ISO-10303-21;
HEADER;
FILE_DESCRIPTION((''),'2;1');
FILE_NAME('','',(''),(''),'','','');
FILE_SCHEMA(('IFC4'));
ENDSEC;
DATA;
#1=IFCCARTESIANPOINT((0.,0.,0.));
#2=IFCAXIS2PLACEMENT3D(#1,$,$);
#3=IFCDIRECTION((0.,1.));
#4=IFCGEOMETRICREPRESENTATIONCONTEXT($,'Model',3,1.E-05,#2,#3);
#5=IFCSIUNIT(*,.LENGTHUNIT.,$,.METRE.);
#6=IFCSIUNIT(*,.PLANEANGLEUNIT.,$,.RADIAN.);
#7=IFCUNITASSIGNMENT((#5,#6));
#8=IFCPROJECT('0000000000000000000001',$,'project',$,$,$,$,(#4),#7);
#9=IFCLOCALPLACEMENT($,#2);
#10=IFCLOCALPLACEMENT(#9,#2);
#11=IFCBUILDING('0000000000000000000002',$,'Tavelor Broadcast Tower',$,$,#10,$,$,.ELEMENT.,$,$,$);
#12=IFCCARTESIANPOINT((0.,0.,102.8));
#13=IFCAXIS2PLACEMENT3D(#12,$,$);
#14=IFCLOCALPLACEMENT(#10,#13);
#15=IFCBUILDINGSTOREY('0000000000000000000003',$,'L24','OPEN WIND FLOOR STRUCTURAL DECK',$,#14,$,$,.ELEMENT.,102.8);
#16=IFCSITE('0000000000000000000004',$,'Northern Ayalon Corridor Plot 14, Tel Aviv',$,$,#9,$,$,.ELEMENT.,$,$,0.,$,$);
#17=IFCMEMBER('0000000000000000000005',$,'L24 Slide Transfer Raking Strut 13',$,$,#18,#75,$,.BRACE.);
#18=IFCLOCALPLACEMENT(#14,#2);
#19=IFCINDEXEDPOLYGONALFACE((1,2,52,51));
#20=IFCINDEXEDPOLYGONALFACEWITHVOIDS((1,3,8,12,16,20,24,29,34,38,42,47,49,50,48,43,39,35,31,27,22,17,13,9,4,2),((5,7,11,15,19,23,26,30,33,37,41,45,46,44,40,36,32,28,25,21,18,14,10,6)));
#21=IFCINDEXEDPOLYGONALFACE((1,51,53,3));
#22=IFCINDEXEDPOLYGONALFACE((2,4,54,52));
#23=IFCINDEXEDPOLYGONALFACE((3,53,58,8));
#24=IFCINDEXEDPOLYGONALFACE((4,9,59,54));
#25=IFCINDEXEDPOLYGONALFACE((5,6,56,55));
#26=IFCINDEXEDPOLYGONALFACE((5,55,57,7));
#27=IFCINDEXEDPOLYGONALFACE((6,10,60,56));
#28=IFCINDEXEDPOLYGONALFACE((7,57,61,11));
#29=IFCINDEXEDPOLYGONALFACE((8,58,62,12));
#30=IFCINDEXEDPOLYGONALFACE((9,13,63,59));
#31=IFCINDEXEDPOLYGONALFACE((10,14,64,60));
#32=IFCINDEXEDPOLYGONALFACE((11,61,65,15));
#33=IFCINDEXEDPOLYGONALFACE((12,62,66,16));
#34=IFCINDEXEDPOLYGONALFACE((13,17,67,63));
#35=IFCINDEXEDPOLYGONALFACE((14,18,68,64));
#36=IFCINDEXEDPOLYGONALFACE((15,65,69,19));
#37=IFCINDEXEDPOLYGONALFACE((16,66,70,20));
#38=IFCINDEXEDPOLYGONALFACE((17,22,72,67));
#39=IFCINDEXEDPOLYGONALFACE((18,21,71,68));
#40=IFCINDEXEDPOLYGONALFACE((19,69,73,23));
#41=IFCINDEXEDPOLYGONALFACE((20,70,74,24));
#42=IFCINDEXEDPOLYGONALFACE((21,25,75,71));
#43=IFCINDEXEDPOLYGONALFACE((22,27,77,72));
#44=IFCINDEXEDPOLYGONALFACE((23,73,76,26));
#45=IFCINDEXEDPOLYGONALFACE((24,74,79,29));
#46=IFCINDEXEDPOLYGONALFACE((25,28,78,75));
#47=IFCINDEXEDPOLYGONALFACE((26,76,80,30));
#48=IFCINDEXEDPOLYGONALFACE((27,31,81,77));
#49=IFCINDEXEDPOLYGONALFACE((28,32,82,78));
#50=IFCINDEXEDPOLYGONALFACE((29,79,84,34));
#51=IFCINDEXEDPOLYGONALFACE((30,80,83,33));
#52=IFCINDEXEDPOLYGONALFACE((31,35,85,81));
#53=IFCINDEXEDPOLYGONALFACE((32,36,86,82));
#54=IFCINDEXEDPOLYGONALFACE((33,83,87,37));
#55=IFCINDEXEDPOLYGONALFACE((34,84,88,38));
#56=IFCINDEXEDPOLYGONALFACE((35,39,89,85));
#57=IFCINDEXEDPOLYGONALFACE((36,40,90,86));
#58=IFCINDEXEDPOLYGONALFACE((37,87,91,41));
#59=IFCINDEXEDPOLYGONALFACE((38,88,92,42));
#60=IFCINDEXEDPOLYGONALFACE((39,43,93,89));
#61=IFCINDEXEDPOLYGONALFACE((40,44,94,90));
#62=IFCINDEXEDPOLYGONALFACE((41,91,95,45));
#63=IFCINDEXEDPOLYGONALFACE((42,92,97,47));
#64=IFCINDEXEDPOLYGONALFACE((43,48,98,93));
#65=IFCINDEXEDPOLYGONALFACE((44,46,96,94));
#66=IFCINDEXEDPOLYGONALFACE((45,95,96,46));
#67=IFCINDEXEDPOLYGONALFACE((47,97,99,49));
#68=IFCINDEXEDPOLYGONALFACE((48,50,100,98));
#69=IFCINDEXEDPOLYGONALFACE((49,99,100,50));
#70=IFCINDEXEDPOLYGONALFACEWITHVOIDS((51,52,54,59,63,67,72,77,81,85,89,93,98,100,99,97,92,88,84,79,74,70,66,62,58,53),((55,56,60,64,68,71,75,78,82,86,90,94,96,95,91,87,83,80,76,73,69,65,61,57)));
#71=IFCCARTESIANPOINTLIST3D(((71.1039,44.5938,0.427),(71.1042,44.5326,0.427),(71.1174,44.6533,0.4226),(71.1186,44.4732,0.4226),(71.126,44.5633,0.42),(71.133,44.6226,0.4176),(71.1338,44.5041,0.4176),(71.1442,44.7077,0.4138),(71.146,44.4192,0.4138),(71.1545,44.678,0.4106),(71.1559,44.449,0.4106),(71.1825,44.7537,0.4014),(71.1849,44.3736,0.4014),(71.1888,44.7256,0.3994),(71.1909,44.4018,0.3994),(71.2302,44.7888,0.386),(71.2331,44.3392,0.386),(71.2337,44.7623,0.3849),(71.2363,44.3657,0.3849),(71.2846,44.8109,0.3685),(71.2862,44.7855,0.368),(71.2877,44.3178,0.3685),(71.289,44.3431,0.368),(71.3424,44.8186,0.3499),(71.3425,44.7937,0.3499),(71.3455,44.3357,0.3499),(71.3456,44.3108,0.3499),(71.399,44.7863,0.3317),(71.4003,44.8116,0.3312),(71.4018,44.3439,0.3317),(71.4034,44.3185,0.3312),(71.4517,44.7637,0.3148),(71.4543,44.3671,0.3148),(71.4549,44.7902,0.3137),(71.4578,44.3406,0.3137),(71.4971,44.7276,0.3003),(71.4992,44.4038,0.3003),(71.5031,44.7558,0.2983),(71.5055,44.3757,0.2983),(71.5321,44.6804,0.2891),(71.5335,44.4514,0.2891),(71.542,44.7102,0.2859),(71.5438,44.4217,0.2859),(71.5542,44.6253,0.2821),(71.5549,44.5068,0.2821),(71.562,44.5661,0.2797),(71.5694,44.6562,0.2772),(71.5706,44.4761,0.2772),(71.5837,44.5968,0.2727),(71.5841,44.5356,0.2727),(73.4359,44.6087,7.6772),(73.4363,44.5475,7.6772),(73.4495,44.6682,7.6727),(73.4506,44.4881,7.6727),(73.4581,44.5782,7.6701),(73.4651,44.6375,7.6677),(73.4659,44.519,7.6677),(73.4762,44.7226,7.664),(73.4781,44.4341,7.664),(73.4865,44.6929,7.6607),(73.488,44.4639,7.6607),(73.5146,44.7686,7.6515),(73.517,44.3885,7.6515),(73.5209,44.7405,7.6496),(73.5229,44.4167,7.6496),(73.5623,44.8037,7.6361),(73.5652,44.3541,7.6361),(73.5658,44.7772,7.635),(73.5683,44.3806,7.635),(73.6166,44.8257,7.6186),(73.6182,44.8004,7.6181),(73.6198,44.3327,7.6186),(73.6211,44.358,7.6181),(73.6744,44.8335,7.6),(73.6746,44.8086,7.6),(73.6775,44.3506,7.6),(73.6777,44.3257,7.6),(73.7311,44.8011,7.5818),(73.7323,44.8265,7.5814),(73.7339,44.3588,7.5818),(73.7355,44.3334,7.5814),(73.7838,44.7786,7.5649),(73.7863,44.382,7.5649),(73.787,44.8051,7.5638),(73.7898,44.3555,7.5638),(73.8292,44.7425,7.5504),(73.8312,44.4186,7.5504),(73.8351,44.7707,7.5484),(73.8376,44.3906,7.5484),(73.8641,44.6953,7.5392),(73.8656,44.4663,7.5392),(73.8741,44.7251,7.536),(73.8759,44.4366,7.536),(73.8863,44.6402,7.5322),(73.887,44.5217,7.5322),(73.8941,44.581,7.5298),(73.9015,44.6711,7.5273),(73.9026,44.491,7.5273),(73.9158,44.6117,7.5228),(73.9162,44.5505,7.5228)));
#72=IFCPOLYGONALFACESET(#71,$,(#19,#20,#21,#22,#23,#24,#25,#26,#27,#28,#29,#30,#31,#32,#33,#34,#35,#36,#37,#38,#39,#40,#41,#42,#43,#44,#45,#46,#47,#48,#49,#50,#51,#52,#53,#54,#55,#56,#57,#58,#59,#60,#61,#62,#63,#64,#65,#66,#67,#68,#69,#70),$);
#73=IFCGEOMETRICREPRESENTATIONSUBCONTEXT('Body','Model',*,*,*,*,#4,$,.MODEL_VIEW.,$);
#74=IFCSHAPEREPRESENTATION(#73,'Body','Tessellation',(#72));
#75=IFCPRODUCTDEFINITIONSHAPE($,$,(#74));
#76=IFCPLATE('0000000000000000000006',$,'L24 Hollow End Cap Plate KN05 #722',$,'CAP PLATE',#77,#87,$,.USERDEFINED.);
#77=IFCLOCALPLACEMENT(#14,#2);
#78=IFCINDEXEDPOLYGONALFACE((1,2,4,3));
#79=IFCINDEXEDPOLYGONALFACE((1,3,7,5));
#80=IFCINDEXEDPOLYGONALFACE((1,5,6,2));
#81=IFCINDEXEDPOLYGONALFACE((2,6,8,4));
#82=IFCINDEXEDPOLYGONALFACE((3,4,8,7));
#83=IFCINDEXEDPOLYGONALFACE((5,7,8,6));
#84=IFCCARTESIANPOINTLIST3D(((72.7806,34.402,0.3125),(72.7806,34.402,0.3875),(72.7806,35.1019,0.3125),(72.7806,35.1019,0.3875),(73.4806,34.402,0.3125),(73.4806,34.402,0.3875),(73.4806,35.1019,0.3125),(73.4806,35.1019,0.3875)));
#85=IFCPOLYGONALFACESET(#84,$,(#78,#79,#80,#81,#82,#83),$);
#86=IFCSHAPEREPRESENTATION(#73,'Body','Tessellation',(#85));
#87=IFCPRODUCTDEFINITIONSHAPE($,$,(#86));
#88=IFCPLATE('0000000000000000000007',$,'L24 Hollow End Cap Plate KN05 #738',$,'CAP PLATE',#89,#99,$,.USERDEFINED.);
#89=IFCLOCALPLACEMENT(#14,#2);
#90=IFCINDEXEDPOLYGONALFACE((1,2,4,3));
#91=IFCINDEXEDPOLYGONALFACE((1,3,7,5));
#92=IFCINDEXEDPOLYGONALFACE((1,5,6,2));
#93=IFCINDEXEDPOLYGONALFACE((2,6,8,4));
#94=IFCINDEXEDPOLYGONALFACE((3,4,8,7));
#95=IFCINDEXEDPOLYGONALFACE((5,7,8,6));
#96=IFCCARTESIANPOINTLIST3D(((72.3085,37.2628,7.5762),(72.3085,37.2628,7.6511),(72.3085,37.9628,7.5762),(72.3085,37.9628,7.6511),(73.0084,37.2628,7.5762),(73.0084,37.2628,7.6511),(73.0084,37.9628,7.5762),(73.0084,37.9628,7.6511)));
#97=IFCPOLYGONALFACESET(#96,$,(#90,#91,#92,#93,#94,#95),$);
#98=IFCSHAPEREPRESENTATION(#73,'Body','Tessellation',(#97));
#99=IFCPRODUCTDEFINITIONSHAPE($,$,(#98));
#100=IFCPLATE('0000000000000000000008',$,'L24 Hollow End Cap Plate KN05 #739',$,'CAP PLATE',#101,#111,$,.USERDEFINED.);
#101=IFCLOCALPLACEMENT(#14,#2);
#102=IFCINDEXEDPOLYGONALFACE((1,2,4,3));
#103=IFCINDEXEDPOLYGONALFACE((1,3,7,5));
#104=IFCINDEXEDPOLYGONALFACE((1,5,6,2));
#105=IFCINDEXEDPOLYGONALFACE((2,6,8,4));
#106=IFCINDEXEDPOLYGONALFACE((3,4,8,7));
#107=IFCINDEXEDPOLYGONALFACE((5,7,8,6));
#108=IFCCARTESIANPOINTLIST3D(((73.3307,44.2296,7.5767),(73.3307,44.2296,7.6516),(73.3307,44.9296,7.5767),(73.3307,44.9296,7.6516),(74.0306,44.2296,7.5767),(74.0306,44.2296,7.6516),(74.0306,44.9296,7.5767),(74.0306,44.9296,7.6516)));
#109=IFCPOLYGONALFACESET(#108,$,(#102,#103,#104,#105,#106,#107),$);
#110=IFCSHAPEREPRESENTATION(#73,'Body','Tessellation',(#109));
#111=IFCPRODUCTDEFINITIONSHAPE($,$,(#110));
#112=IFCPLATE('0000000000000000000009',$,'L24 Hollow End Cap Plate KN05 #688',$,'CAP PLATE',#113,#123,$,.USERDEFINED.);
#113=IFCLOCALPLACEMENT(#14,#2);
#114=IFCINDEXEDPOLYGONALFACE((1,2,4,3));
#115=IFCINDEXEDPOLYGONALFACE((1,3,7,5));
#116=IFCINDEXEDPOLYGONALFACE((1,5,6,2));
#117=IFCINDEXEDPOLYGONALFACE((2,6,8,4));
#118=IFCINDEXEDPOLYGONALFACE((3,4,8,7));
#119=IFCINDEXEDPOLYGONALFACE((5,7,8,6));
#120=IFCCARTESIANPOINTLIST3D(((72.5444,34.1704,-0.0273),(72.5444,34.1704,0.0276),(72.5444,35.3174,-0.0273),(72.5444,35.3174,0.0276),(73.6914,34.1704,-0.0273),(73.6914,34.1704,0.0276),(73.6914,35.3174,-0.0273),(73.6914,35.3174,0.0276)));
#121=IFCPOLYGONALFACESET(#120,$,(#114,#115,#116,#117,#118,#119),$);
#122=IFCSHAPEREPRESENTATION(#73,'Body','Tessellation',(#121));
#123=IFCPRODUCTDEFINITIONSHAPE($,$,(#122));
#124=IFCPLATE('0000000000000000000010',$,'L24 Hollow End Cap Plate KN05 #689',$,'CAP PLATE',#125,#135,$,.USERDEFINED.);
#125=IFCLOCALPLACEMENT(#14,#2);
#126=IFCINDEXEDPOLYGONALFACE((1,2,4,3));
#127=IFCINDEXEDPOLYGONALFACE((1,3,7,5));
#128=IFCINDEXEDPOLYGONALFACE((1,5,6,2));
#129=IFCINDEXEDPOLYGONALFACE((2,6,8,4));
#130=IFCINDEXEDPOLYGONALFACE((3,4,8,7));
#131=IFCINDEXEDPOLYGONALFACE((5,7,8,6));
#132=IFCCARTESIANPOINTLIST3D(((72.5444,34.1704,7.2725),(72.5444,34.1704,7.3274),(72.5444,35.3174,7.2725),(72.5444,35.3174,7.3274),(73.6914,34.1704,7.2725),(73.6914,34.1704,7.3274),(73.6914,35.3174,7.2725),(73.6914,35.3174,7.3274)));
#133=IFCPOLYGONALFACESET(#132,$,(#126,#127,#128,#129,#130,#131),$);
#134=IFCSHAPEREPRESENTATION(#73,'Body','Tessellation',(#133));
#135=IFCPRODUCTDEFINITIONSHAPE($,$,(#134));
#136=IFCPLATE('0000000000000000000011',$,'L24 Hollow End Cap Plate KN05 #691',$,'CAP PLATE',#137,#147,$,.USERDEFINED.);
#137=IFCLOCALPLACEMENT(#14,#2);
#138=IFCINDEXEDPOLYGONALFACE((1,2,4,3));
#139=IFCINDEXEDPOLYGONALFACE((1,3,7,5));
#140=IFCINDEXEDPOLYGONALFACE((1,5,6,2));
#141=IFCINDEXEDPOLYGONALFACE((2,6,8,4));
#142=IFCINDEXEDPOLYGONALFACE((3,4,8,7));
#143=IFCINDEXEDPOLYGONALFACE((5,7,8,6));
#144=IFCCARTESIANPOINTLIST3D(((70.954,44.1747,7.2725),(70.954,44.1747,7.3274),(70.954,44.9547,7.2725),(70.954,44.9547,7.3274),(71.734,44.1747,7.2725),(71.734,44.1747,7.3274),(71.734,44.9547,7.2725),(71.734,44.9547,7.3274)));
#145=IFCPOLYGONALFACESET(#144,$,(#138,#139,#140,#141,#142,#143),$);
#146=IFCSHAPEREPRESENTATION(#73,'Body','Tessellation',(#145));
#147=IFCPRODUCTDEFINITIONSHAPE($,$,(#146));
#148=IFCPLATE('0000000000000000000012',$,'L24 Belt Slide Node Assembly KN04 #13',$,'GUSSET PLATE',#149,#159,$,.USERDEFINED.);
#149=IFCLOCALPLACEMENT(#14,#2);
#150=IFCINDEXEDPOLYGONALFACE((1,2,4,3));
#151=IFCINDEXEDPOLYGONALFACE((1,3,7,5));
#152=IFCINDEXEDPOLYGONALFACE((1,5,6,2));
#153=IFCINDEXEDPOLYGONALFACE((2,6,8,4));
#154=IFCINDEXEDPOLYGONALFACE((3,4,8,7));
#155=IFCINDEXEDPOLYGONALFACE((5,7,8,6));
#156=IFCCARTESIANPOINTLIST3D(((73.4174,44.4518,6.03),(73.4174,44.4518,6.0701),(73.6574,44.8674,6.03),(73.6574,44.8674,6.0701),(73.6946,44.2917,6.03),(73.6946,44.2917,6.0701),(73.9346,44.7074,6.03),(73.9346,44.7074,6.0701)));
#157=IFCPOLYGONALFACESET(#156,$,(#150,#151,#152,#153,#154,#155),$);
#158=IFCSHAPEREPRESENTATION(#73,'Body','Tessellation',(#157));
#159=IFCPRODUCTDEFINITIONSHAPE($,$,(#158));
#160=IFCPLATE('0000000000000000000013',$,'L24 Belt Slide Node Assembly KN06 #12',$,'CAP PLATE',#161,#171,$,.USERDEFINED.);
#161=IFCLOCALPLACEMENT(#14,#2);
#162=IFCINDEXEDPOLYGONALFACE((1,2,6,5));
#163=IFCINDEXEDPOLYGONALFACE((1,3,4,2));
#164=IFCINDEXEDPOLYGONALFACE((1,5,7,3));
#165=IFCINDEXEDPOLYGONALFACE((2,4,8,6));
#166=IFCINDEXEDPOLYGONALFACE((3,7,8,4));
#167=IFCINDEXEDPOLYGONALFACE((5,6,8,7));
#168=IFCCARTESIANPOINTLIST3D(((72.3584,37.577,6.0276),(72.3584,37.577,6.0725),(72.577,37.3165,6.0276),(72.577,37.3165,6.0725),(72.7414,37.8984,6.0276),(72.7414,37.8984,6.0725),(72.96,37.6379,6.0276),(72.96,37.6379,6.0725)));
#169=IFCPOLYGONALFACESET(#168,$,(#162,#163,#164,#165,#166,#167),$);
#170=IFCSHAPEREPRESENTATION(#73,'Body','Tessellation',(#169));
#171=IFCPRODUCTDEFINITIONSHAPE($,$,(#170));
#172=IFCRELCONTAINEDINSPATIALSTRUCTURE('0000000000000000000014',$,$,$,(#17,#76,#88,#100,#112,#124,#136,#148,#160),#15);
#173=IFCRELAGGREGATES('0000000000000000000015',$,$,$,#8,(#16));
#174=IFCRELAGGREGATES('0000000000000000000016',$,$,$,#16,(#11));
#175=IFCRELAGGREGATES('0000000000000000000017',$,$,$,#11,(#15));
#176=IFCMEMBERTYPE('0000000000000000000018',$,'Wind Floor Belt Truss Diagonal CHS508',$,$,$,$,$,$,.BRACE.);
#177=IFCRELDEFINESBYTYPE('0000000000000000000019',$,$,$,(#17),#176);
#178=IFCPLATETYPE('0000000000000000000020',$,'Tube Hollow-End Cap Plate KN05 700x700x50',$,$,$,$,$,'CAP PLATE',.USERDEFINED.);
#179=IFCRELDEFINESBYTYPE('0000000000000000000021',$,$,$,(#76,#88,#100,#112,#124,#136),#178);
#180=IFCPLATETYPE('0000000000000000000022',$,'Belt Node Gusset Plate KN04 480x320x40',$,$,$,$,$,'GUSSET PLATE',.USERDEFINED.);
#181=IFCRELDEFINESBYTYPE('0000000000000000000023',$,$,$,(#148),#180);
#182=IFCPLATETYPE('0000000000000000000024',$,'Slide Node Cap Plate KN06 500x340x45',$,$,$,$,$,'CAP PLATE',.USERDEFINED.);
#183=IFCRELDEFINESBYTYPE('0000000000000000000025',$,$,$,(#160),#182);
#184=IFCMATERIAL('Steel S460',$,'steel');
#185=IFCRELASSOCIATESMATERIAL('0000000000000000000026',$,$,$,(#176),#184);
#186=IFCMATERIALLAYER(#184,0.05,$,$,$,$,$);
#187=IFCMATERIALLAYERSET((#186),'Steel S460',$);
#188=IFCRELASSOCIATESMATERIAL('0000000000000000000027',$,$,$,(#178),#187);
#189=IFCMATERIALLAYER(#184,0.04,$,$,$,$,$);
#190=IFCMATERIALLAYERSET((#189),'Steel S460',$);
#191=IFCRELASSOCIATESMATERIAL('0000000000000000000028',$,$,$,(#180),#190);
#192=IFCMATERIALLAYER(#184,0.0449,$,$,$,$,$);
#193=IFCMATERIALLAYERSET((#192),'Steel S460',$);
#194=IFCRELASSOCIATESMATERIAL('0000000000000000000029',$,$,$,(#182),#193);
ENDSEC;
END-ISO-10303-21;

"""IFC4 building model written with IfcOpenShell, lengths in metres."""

from ifc_helpers import new_model, si_unit, direction, frame, origin, origin_2d, place, context, subcontext, project, spatial, rectangle, hollow_circle, extrude, source, transform, mapped, material, layer, layer_set, material_profile, profile_set, type_object, type_shapes, element, save


model = new_model("IFC4")

# Units and contexts
model_context = context("Model", 3, precision=1e-05, world=origin(), true_north=direction((0.0, 1.0)))
body_context = subcontext(model_context, "Body", "Model", "MODEL_VIEW")
ifc_project = project(units=[si_unit("LENGTHUNIT", "METRE"), si_unit("PLANEANGLEUNIT", "RADIAN")], contexts=[model_context])

# Site, building, storey
site_placement = place(None, origin())
site = spatial("IfcSite", under=ifc_project, at=site_placement, Name="Northern Ayalon Corridor Plot 14, Tel Aviv", CompositionType="ELEMENT", RefElevation=0.0)
building_placement = place(site_placement, origin())
building = spatial("IfcBuilding", under=site, at=building_placement, Name="Tavelor Broadcast Tower", CompositionType="ELEMENT")
storey_placement = place(building_placement, frame((0.0, 0.0, 102.8)))
storey = spatial("IfcBuildingStorey", under=building, at=storey_placement, Name="L24", Description="OPEN WIND FLOOR STRUCTURAL DECK", CompositionType="ELEMENT", Elevation=102.8)

# Shared definitions
ifc_material_1 = material(Name="Steel S460", Category="steel")

# Member
ifc_material_profile_1 = material_profile(ifc_material_1, hollow_circle(Radius=0.2539, WallThickness=0.0249, at=origin_2d()), Name="CHS 508x25")
ifc_profile_set_1 = profile_set([ifc_material_profile_1], Name="Steel S460")
member_type_1 = type_object("IfcMemberType", Name="Wind Floor Belt Truss Diagonal CHS508", PredefinedType="BRACE", material=ifc_profile_set_1)
member_1_placement = place(storey_placement, frame((71.344, 44.5647, 0.3499), z_axis=(0.306208, 0.001955, 0.951963), x_axis=(-0.006386, 0.99998, 0.0)))
element("IfcMember", 1, at=member_1_placement, inside=storey, type_object=member_type_1, Name="L24 Slide Transfer Raking Strut 13", PredefinedType="BRACE", context=body_context, shape_type="SweptSolid", body=[
    extrude(hollow_circle(Radius=0.2539, WallThickness=0.0249, at=origin_2d()), origin(), (0.0, 0.0, 1.0), 7.616),
])

# Plates
ifc_layer_1 = layer(ifc_material_1, 0.05)
ifc_layer_set_1 = layer_set([ifc_layer_1], Name="Steel S460")
plate_type_1 = type_object("IfcPlateType", Name="Tube Hollow-End Cap Plate KN05 700x700x50", ElementType="CAP PLATE", PredefinedType="USERDEFINED", material=ifc_layer_set_1)
shared_shape_1 = source(origin(), body_context, "Body", "SweptSolid", [
    extrude(rectangle(XDim=0.7, YDim=0.7, at=origin_2d()), origin(), (0.0, 0.0, 1.0), 0.075),
])
for number, where, z_axis, x_axis, name in (
    (2, (73.1306, 34.752, 0.3125), (0.0, 0.0, 1.0), (1.0, 0.0, 0.0), "L24 Hollow End Cap Plate KN05 #722"),
    (3, (72.6584, 37.6128, 7.5762), (0.0, 0.0, 1.0), (1.0, 0.0, 0.0), "L24 Hollow End Cap Plate KN05 #738"),
    (4, (73.6807, 44.5796, 7.5767), (0.0, 0.0, 1.0), (1.0, 0.0, 0.0), "L24 Hollow End Cap Plate KN05 #739"),
):
    element("IfcPlate", number, at=place(storey_placement, frame(where, z_axis=z_axis, x_axis=x_axis)), inside=storey, type_object=plate_type_1, Name=name, ObjectType="CAP PLATE", PredefinedType="USERDEFINED", context=body_context, shape_type="MappedRepresentation", body=[
        mapped(shared_shape_1, transform((0.0, 0.0, 0.0), scale=1.0)),
    ])
shared_shape_2 = source(origin(), body_context, "Body", "SweptSolid", [
    extrude(rectangle(XDim=1.147, YDim=1.147, at=origin_2d()), origin(), (0.0, 0.0, 1.0), 0.0549),
])
for number, where, z_axis, x_axis, name in (
    (5, (73.1179, 34.7439, -0.0273), (0.0, 0.0, 1.0), (1.0, 0.0, 0.0), "L24 Hollow End Cap Plate KN05 #688"),
    (6, (73.1179, 34.7439, 7.2725), (0.0, 0.0, 1.0), (1.0, 0.0, 0.0), "L24 Hollow End Cap Plate KN05 #689"),
):
    element("IfcPlate", number, at=place(storey_placement, frame(where, z_axis=z_axis, x_axis=x_axis)), inside=storey, type_object=plate_type_1, Name=name, ObjectType="CAP PLATE", PredefinedType="USERDEFINED", context=body_context, shape_type="MappedRepresentation", body=[
        mapped(shared_shape_2, transform((0.0, 0.0, 0.0), scale=1.0)),
    ])
shared_shape_3 = source(origin(), body_context, "Body", "SweptSolid", [
    extrude(rectangle(XDim=0.78, YDim=0.78, at=origin_2d()), origin(), (0.0, 0.0, 1.0), 0.0549),
])
type_shapes(plate_type_1, [shared_shape_1, shared_shape_2, shared_shape_3])
plate_1_placement = place(storey_placement, frame((71.344, 44.5647, 7.2725), z_axis=(0.0, 0.0, 1.0), x_axis=(1.0, 0.0, 0.0)))
element("IfcPlate", 7, at=plate_1_placement, inside=storey, type_object=plate_type_1, Name="L24 Hollow End Cap Plate KN05 #691", ObjectType="CAP PLATE", PredefinedType="USERDEFINED", context=body_context, shape_type="MappedRepresentation", body=[
    mapped(shared_shape_3, transform((0.0, 0.0, 0.0), scale=1.0)),
])
ifc_layer_2 = layer(ifc_material_1, 0.04)
ifc_layer_set_2 = layer_set([ifc_layer_2], Name="Steel S460")
plate_type_2 = type_object("IfcPlateType", Name="Belt Node Gusset Plate KN04 480x320x40", ElementType="GUSSET PLATE", PredefinedType="USERDEFINED", material=ifc_layer_set_2)
shared_shape_4 = source(origin(), body_context, "Body", "SweptSolid", [
    extrude(rectangle(XDim=0.48, YDim=0.3201, at=origin_2d()), origin(), (0.0, 0.0, 1.0), 0.04),
])
type_shapes(plate_type_2, [shared_shape_4])
plate_2_placement = place(storey_placement, frame((73.676, 44.5796, 6.03), z_axis=(0.0, 0.0, 1.0), x_axis=(-0.5, -0.866025, 0.0)))
element("IfcPlate", 8, at=plate_2_placement, inside=storey, type_object=plate_type_2, Name="L24 Belt Slide Node Assembly KN04 #13", ObjectType="GUSSET PLATE", PredefinedType="USERDEFINED", context=body_context, shape_type="MappedRepresentation", body=[
    mapped(shared_shape_4, transform((0.0, 0.0, 0.0), scale=1.0)),
])
ifc_layer_3 = layer(ifc_material_1, 0.0449)
ifc_layer_set_3 = layer_set([ifc_layer_3], Name="Steel S460")
plate_type_3 = type_object("IfcPlateType", Name="Slide Node Cap Plate KN06 500x340x45", ElementType="CAP PLATE", PredefinedType="USERDEFINED", material=ifc_layer_set_3)
shared_shape_5 = source(origin(), body_context, "Body", "SweptSolid", [
    extrude(rectangle(XDim=0.5, YDim=0.3401, at=origin_2d()), origin(), (0.0, 0.0, 1.0), 0.0449),
])
type_shapes(plate_type_3, [shared_shape_5])
plate_3_placement = place(storey_placement, frame((72.6592, 37.6074, 6.0276), z_axis=(0.0, 0.0, 1.0), x_axis=(-0.766044, -0.642788, 0.0)))
element("IfcPlate", 9, at=plate_3_placement, inside=storey, type_object=plate_type_3, Name="L24 Belt Slide Node Assembly KN06 #12", ObjectType="CAP PLATE", PredefinedType="USERDEFINED", context=body_context, shape_type="MappedRepresentation", body=[
    mapped(shared_shape_5, transform((0.0, 0.0, 0.0), scale=1.0)),
])

save(model, "model.ifc")
